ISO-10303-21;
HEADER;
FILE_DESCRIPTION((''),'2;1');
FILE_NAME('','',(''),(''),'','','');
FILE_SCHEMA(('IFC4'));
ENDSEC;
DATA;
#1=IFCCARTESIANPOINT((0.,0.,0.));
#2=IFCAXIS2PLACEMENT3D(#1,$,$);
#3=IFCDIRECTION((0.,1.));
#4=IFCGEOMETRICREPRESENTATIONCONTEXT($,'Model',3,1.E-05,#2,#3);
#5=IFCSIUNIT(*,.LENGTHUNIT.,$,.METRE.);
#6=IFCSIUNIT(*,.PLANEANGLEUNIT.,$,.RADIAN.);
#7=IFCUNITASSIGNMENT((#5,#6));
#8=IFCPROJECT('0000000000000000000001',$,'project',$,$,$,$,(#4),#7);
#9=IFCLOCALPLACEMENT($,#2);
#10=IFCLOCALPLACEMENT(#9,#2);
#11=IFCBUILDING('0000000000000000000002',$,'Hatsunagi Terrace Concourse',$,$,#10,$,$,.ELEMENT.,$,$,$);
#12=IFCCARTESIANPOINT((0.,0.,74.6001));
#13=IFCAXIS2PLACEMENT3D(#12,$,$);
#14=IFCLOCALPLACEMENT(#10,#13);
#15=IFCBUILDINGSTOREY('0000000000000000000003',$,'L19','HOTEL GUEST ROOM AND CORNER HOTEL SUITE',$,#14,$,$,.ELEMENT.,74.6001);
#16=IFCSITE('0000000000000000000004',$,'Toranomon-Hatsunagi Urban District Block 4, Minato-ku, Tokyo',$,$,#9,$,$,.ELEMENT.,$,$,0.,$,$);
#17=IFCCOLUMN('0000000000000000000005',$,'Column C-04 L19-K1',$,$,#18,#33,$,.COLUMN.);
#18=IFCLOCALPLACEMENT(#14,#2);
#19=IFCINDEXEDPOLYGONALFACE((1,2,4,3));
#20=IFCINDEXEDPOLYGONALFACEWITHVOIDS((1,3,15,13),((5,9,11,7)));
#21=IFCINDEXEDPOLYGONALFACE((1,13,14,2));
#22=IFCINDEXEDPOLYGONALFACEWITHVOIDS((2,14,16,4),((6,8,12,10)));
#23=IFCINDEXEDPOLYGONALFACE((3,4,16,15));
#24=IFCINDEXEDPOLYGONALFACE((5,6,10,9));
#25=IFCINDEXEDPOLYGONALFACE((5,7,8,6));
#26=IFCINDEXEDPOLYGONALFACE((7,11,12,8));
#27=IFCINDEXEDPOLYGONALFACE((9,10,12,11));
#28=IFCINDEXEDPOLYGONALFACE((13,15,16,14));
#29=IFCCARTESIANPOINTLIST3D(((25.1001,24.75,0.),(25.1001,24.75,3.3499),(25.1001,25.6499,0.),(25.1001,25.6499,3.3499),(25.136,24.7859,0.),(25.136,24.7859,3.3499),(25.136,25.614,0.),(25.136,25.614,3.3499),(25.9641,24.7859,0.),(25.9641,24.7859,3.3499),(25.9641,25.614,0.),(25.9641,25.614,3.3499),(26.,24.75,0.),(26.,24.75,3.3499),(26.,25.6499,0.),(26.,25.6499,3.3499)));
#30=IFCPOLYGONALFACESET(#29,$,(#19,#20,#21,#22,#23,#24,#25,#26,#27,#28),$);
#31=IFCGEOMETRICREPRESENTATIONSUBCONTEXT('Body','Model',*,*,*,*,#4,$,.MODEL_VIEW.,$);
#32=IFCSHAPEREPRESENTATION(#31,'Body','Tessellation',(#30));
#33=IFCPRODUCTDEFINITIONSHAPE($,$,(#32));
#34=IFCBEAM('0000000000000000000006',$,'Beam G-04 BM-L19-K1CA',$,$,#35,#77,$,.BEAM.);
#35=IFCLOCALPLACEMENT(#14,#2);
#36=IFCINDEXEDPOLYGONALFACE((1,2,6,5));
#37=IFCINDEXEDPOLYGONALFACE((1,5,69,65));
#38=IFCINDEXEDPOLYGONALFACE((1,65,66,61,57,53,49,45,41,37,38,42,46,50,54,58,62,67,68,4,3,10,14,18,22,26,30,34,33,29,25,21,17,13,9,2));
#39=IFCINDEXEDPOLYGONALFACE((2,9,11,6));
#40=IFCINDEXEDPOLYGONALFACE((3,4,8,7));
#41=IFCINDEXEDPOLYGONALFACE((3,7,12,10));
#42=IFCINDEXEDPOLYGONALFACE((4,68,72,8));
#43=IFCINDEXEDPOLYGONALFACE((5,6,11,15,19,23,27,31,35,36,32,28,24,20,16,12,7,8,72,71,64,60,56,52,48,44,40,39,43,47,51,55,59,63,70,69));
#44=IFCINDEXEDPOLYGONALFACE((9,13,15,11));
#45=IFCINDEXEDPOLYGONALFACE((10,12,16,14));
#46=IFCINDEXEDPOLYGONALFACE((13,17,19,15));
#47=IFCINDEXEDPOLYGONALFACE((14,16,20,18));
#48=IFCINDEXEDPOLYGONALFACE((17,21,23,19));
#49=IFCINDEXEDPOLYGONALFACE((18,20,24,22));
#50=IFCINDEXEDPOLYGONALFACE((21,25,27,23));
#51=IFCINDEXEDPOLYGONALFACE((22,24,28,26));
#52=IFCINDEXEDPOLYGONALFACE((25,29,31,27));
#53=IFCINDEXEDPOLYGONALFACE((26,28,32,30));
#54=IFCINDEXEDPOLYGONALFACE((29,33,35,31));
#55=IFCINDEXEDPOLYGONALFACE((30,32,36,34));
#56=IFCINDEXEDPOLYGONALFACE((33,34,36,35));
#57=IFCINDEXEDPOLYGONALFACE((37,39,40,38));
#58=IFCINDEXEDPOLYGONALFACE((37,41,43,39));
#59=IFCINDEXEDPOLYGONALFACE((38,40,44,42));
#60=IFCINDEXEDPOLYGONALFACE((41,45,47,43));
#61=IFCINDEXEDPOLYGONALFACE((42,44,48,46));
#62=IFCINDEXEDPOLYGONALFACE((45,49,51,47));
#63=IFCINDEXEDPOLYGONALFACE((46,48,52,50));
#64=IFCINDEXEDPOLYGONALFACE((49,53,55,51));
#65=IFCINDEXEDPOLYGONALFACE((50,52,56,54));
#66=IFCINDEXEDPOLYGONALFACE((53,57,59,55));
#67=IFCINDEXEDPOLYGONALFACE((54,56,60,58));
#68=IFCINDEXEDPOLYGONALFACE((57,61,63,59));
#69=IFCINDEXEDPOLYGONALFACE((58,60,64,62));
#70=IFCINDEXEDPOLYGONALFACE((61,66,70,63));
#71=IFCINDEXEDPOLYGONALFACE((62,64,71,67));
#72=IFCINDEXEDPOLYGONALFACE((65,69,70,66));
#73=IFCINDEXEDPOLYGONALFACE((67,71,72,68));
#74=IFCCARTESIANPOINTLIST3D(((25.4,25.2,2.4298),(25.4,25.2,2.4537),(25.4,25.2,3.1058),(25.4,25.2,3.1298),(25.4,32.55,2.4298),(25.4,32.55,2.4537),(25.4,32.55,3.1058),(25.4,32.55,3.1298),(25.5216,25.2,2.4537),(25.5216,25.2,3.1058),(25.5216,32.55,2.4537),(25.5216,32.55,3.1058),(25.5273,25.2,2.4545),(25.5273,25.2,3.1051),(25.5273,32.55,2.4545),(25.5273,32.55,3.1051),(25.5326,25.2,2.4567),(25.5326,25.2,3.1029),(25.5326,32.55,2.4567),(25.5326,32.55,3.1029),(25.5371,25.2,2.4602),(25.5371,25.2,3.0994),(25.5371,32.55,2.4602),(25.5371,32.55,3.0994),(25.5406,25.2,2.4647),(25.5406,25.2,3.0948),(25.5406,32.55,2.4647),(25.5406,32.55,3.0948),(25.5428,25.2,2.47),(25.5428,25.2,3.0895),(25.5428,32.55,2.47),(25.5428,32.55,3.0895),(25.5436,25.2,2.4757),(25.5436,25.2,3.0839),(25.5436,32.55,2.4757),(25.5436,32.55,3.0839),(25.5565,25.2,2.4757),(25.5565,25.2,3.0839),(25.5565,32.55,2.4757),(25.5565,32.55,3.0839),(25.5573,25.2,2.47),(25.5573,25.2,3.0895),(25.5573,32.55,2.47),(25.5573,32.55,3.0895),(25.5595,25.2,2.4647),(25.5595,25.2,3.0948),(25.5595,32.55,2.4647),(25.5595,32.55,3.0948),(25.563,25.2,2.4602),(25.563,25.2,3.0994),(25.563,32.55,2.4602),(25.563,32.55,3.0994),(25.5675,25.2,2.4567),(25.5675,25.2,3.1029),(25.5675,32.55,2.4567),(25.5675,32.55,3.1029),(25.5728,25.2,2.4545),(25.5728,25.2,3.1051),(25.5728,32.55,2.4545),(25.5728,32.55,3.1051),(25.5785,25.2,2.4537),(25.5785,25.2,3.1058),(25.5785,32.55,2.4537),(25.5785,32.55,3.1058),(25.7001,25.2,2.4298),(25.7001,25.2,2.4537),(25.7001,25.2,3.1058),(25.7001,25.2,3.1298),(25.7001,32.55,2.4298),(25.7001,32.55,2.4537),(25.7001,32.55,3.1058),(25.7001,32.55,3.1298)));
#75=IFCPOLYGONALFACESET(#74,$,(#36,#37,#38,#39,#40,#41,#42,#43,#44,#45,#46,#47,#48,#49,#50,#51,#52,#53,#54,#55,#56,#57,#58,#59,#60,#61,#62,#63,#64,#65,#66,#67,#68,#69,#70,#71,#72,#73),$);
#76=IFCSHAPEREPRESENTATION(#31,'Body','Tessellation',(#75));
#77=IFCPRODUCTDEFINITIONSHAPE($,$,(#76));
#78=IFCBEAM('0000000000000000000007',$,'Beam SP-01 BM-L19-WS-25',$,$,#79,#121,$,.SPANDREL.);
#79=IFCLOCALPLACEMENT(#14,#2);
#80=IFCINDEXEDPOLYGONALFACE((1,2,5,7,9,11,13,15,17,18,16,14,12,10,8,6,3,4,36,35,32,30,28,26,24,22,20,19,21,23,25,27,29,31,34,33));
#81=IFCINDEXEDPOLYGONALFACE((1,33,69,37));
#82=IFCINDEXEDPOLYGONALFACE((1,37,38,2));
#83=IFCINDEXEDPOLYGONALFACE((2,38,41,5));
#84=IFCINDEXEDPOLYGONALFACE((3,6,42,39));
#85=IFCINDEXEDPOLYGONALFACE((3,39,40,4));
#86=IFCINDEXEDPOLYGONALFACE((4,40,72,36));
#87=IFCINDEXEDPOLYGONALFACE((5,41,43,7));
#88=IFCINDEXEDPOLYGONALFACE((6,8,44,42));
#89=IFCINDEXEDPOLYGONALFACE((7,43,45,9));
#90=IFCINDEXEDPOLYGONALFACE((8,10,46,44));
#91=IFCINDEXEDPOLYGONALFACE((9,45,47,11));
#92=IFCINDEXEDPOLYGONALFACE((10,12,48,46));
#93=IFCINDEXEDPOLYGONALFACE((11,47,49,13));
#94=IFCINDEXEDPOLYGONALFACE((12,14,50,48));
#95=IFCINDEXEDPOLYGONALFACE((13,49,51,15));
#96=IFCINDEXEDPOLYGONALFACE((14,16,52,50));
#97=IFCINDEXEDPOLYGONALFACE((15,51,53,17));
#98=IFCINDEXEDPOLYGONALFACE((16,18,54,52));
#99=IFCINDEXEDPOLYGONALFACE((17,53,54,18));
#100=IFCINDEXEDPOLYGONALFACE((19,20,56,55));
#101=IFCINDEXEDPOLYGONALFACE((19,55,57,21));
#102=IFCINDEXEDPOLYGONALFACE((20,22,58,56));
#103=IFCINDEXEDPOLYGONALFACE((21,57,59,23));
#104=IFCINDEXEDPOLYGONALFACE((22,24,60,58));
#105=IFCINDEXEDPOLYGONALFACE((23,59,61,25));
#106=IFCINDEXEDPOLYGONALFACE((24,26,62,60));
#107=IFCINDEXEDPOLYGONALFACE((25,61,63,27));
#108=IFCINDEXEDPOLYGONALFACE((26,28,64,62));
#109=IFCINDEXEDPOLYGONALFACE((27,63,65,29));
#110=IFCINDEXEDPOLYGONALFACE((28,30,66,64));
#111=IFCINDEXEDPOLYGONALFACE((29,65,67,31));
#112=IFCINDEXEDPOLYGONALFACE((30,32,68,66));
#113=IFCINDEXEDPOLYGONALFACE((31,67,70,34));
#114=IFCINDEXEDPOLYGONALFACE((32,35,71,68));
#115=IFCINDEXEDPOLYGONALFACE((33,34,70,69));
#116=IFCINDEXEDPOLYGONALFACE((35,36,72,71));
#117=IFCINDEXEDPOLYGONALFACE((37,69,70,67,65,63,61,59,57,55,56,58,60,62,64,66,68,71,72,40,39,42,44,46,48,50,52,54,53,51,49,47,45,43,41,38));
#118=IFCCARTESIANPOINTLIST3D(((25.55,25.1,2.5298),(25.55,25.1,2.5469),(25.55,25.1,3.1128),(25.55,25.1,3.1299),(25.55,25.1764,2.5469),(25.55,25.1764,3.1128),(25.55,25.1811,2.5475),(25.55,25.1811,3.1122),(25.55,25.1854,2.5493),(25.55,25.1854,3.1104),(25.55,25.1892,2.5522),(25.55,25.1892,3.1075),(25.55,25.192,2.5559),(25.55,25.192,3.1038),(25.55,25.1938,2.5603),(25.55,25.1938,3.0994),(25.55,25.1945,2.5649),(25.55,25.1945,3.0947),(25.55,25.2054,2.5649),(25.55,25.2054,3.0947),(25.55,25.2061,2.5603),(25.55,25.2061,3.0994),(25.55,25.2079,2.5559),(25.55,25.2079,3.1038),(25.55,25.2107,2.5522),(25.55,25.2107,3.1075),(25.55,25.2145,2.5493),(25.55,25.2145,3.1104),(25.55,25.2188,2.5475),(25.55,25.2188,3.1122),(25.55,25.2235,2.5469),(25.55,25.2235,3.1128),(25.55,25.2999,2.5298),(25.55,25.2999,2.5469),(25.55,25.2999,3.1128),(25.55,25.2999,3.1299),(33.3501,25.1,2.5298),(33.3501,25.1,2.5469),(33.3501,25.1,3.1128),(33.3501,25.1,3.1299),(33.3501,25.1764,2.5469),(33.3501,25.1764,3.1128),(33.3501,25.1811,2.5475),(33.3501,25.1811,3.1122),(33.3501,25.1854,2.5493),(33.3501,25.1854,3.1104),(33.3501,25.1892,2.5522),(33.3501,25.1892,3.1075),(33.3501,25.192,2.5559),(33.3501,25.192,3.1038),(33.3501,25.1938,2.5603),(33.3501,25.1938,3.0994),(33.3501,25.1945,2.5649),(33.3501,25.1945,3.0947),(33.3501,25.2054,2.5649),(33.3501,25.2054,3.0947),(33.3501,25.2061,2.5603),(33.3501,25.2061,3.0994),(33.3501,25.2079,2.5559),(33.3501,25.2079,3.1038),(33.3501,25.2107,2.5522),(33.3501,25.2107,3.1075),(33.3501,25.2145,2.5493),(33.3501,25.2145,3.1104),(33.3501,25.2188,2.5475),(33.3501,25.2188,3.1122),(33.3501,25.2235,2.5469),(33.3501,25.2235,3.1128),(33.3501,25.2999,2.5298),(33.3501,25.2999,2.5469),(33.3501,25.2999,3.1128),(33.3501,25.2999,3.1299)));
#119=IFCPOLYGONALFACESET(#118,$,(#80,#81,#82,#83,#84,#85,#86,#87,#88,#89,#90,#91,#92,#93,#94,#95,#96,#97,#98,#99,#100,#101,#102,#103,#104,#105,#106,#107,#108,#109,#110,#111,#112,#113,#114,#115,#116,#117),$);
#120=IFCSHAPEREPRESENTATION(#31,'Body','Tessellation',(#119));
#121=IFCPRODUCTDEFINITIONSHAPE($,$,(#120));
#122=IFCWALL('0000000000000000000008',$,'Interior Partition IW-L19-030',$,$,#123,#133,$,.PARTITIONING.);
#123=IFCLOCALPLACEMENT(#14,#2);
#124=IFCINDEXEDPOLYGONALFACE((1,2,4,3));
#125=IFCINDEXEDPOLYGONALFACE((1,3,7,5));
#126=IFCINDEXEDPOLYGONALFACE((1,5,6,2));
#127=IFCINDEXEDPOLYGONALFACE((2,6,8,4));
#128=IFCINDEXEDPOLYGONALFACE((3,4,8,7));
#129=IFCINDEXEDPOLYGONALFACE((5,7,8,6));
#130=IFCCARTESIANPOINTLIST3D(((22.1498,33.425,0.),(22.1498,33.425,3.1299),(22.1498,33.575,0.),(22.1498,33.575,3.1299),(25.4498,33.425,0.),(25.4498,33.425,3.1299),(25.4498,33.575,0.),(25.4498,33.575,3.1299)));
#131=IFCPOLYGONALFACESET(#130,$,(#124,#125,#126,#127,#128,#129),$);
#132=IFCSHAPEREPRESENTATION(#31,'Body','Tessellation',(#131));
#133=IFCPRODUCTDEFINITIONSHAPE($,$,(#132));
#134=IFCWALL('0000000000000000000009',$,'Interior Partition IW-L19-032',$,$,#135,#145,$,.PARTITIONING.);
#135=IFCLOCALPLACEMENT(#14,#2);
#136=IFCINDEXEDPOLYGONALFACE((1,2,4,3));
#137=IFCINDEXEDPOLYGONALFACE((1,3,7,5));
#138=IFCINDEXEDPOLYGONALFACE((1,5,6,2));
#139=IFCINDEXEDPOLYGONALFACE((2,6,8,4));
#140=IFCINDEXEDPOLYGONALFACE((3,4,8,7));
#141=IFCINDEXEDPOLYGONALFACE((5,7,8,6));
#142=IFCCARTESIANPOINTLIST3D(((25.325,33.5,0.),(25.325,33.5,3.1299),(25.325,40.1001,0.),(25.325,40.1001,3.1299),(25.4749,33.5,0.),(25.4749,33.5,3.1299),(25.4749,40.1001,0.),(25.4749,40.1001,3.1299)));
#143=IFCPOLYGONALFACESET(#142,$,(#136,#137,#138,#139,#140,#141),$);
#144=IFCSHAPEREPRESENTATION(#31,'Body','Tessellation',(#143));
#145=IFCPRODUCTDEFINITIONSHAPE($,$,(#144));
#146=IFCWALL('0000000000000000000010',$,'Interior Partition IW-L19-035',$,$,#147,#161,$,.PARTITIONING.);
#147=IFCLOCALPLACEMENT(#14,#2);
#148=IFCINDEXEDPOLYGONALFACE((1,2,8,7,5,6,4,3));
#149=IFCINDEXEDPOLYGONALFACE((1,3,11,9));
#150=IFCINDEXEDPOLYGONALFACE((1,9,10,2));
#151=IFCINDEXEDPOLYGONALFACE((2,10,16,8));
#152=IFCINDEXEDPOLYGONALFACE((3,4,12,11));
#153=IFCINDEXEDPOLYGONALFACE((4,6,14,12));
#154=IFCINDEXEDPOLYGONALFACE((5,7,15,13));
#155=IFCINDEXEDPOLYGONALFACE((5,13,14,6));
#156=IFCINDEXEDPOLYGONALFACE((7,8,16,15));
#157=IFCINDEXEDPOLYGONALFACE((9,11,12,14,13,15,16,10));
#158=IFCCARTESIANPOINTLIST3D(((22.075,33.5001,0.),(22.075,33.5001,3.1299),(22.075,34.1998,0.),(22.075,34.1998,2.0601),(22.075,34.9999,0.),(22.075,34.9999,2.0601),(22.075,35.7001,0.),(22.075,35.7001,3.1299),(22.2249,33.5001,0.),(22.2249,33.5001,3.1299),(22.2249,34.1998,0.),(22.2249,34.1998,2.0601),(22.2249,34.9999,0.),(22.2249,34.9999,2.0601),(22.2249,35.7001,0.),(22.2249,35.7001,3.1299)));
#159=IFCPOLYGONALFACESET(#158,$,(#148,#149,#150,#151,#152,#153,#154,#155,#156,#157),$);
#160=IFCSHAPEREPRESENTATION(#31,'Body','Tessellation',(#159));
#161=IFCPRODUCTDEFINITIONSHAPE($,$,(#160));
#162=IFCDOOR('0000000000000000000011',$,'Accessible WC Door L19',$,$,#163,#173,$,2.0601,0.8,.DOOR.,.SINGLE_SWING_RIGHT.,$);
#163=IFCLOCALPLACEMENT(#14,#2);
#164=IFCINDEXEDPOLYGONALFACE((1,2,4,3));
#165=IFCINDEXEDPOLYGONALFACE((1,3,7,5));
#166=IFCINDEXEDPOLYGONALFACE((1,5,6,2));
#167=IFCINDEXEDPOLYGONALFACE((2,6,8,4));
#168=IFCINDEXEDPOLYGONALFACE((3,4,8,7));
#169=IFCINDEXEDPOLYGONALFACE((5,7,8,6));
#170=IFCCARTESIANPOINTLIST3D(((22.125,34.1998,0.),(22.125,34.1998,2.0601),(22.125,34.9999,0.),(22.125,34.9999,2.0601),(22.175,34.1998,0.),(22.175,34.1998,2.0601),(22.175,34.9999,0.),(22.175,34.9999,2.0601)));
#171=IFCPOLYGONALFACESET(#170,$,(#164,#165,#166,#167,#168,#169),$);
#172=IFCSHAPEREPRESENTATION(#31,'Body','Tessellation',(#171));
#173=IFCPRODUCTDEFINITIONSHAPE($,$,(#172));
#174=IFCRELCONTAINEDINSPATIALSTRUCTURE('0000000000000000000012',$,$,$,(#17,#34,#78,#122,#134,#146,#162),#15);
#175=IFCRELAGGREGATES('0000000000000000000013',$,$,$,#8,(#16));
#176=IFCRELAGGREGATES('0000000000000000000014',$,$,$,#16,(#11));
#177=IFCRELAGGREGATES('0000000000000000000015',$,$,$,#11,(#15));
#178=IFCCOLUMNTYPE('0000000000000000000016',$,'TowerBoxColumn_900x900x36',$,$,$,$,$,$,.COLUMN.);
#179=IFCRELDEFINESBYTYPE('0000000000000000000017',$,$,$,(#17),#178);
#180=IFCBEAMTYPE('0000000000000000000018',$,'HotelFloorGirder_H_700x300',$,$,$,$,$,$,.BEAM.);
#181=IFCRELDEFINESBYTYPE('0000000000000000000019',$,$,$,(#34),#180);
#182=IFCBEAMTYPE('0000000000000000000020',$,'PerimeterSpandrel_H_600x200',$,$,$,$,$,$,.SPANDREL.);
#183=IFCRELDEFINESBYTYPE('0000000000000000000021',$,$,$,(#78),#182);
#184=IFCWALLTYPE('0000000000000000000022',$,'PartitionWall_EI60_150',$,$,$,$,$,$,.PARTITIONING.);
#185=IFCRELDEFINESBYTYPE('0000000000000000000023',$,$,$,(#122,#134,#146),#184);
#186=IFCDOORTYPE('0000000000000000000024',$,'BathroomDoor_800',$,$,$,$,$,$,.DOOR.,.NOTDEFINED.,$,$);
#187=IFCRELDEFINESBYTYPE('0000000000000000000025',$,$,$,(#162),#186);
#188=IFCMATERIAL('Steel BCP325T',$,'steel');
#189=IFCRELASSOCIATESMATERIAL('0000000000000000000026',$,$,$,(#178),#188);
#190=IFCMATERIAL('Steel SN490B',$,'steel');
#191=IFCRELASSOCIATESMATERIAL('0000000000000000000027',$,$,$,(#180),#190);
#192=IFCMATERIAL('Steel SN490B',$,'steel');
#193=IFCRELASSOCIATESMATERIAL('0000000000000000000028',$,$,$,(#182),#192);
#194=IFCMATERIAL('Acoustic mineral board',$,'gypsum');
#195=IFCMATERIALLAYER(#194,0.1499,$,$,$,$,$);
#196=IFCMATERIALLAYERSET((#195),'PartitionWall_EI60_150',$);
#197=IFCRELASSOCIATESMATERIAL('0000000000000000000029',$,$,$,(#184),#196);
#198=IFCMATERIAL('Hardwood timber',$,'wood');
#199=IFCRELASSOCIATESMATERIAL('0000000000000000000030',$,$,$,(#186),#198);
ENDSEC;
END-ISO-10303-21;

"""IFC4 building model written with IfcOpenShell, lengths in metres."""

from ifc_helpers import new_model, si_unit, direction, frame, frame_2d, origin, origin_2d, place, context, subcontext, project, spatial, rectangle, hollow_rectangle, i_section, extrude, material, layer, layer_set, material_profile, profile_set, type_object, element, fill, save


model = new_model("IFC4")

# Units and contexts
model_context = context("Model", 3, precision=1e-05, world=origin(), true_north=direction((0.0, 1.0)))
body_context = subcontext(model_context, "Body", "Model", "MODEL_VIEW")
ifc_project = project(units=[si_unit("LENGTHUNIT", "METRE"), si_unit("PLANEANGLEUNIT", "RADIAN")], contexts=[model_context])

# Site, building, storey
site_placement = place(None, origin())
site = spatial("IfcSite", under=ifc_project, at=site_placement, Name="Toranomon-Hatsunagi Urban District Block 4, Minato-ku, Tokyo", CompositionType="ELEMENT", RefElevation=0.0)
building_placement = place(site_placement, origin())
building = spatial("IfcBuilding", under=site, at=building_placement, Name="Hatsunagi Terrace Concourse", CompositionType="ELEMENT")
storey_placement = place(building_placement, frame((0.0, 0.0, 74.6001)))
storey = spatial("IfcBuildingStorey", under=building, at=storey_placement, Name="L19", Description="HOTEL GUEST ROOM AND CORNER HOTEL SUITE", CompositionType="ELEMENT", Elevation=74.6001)

# Column
ifc_material_1 = material(Name="Steel BCP325T", Category="steel")
ifc_material_profile_1 = material_profile(ifc_material_1, hollow_rectangle(XDim=0.8999, YDim=0.8999, WallThickness=0.0359, at=origin_2d()), Name="BCP-900x900x36")
ifc_profile_set_1 = profile_set([ifc_material_profile_1], Name="Steel BCP325T")
column_type = type_object("IfcColumnType", Name="TowerBoxColumn_900x900x36", PredefinedType="COLUMN", material=ifc_profile_set_1)
column_placement = place(storey_placement, frame((25.55, 25.2, 0.0), z_axis=(0.0, 0.0, 1.0), x_axis=(1.0, 0.0, 0.0)))
element("IfcColumn", 1, at=column_placement, inside=storey, type_object=column_type, Name="Column C-04 L19-K1", PredefinedType="COLUMN", context=body_context, shape_type="SweptSolid", body=[
    extrude(hollow_rectangle(XDim=0.8999, YDim=0.8999, WallThickness=0.0359, at=origin_2d()), origin(), (0.0, 0.0, 1.0), 3.3499),
])

# Beams
ifc_material_2 = material(Name="Steel SN490B", Category="steel")
ifc_material_profile_2 = material_profile(ifc_material_2, i_section(OverallWidth=0.3, OverallDepth=0.7, WebThickness=0.0129, FlangeThickness=0.0239, FilletRadius=0.022, at=origin_2d()), Name="H-700x300x13x24")
ifc_profile_set_2 = profile_set([ifc_material_profile_2], Name="Steel SN490B")
beam_type_1 = type_object("IfcBeamType", Name="HotelFloorGirder_H_700x300", PredefinedType="BEAM", material=ifc_profile_set_2)
beam_1_placement = place(storey_placement, frame((25.55, 25.2, 2.7798), z_axis=(0.0, 1.0, 0.0), x_axis=(-1.0, 0.0, 0.0)))
element("IfcBeam", 2, at=beam_1_placement, inside=storey, type_object=beam_type_1, Name="Beam G-04 BM-L19-K1CA", PredefinedType="BEAM", context=body_context, shape_type="SweptSolid", body=[
    extrude(i_section(OverallWidth=0.3, OverallDepth=0.7, WebThickness=0.0129, FlangeThickness=0.0239, FilletRadius=0.022, at=origin_2d()), origin(), (0.0, 0.0, 1.0), 7.3501),
])
ifc_material_3 = material(Name="Steel SN490B", Category="steel")
ifc_material_profile_3 = material_profile(ifc_material_3, i_section(OverallWidth=0.2, OverallDepth=0.6001, WebThickness=0.011, FlangeThickness=0.0171, FilletRadius=0.0181, at=origin_2d()), Name="H-600x200x11x17")
ifc_profile_set_3 = profile_set([ifc_material_profile_3], Name="Steel SN490B")
beam_type_2 = type_object("IfcBeamType", Name="PerimeterSpandrel_H_600x200", PredefinedType="SPANDREL", material=ifc_profile_set_3)
beam_2_placement = place(storey_placement, frame((25.55, 25.2, 2.8298), z_axis=(1.0, 0.0, 0.0), x_axis=(0.0, 1.0, 0.0)))
element("IfcBeam", 3, at=beam_2_placement, inside=storey, type_object=beam_type_2, Name="Beam SP-01 BM-L19-WS-25", PredefinedType="SPANDREL", context=body_context, shape_type="SweptSolid", body=[
    extrude(i_section(OverallWidth=0.2, OverallDepth=0.6001, WebThickness=0.011, FlangeThickness=0.0171, FilletRadius=0.0181, at=origin_2d()), origin(), (0.0, 0.0, 1.0), 7.8),
])

# Walls
ifc_material_4 = material(Name="Acoustic mineral board", Category="gypsum")
ifc_layer_1 = layer(ifc_material_4, 0.1499)
ifc_layer_set_1 = layer_set([ifc_layer_1], Name="PartitionWall_EI60_150")
wall_type_1 = type_object("IfcWallType", Name="PartitionWall_EI60_150", PredefinedType="PARTITIONING", material=ifc_layer_set_1)
wall_1_placement = place(storey_placement, frame((22.1499, 33.5, 0.0), z_axis=(0.0, 0.0, 1.0), x_axis=(1.0, 0.0, 0.0)))
element("IfcWall", 4, at=wall_1_placement, inside=storey, type_object=wall_type_1, Name="Interior Partition IW-L19-030", PredefinedType="PARTITIONING", context=body_context, shape_type="SweptSolid", body=[
    extrude(rectangle(XDim=3.3, YDim=0.1499, at=frame_2d((1.6499, 0.0))), origin(), (0.0, 0.0, 1.0), 3.1299),
])
wall_2_placement = place(storey_placement, frame((25.3999, 33.5, 0.0), z_axis=(0.0, 0.0, 1.0), x_axis=(0.0, 1.0, 0.0)))
element("IfcWall", 5, at=wall_2_placement, inside=storey, type_object=wall_type_1, Name="Interior Partition IW-L19-032", PredefinedType="PARTITIONING", context=body_context, shape_type="SweptSolid", body=[
    extrude(rectangle(XDim=6.6001, YDim=0.1499, at=frame_2d((3.3, 0.0))), origin(), (0.0, 0.0, 1.0), 3.1299),
])

# Wall, opening, door
wall_3_placement = place(storey_placement, frame((22.1499, 33.5, 0.0), z_axis=(0.0, 0.0, 1.0), x_axis=(0.0, 1.0, 0.0)))
wall_3 = element("IfcWall", 6, at=wall_3_placement, inside=storey, type_object=wall_type_1, Name="Interior Partition IW-L19-035", PredefinedType="PARTITIONING", context=body_context, shape_type="SweptSolid", body=[
    extrude(rectangle(XDim=2.2, YDim=0.1499, at=frame_2d((1.1001, 0.0))), origin(), (0.0, 0.0, 1.0), 3.1299),
])
opening_1_placement = place(wall_3_placement, frame((0.7, 0.0, 0.0)))
opening_1 = element("IfcOpeningElement", 7, at=opening_1_placement, cuts=wall_3, PredefinedType="OPENING", context=body_context, shape_type="SweptSolid", body=[
    extrude(rectangle(XDim=0.8, YDim=2.0601, at=frame_2d((0.3999, 1.03))), frame((0.0, 0.085, 0.0), z_axis=(0.0, -1.0, 0.0), x_axis=(1.0, 0.0, 0.0)), (0.0, 0.0, 1.0), 0.1699),
])
ifc_material_5 = material(Name="Hardwood timber", Category="wood")
door_type_1 = type_object("IfcDoorType", Name="BathroomDoor_800", OperationType="NOTDEFINED", PredefinedType="DOOR", material=ifc_material_5)
door_1_placement = place(opening_1_placement, origin())
door_1 = element("IfcDoor", 8, at=door_1_placement, inside=storey, type_object=door_type_1, Name="Accessible WC Door L19", OperationType="SINGLE_SWING_RIGHT", OverallHeight=2.0601, OverallWidth=0.8, PredefinedType="DOOR", context=body_context, shape_type="SweptSolid", body=[
    extrude(rectangle(XDim=0.8, YDim=2.0601, at=frame_2d((0.3999, 1.03))), frame((0.0, 0.0249, 0.0), z_axis=(0.0, -1.0, 0.0), x_axis=(1.0, 0.0, 0.0)), (0.0, 0.0, 1.0), 0.05),
])
fill(opening_1, door_1)

save(model, "model.ifc")
